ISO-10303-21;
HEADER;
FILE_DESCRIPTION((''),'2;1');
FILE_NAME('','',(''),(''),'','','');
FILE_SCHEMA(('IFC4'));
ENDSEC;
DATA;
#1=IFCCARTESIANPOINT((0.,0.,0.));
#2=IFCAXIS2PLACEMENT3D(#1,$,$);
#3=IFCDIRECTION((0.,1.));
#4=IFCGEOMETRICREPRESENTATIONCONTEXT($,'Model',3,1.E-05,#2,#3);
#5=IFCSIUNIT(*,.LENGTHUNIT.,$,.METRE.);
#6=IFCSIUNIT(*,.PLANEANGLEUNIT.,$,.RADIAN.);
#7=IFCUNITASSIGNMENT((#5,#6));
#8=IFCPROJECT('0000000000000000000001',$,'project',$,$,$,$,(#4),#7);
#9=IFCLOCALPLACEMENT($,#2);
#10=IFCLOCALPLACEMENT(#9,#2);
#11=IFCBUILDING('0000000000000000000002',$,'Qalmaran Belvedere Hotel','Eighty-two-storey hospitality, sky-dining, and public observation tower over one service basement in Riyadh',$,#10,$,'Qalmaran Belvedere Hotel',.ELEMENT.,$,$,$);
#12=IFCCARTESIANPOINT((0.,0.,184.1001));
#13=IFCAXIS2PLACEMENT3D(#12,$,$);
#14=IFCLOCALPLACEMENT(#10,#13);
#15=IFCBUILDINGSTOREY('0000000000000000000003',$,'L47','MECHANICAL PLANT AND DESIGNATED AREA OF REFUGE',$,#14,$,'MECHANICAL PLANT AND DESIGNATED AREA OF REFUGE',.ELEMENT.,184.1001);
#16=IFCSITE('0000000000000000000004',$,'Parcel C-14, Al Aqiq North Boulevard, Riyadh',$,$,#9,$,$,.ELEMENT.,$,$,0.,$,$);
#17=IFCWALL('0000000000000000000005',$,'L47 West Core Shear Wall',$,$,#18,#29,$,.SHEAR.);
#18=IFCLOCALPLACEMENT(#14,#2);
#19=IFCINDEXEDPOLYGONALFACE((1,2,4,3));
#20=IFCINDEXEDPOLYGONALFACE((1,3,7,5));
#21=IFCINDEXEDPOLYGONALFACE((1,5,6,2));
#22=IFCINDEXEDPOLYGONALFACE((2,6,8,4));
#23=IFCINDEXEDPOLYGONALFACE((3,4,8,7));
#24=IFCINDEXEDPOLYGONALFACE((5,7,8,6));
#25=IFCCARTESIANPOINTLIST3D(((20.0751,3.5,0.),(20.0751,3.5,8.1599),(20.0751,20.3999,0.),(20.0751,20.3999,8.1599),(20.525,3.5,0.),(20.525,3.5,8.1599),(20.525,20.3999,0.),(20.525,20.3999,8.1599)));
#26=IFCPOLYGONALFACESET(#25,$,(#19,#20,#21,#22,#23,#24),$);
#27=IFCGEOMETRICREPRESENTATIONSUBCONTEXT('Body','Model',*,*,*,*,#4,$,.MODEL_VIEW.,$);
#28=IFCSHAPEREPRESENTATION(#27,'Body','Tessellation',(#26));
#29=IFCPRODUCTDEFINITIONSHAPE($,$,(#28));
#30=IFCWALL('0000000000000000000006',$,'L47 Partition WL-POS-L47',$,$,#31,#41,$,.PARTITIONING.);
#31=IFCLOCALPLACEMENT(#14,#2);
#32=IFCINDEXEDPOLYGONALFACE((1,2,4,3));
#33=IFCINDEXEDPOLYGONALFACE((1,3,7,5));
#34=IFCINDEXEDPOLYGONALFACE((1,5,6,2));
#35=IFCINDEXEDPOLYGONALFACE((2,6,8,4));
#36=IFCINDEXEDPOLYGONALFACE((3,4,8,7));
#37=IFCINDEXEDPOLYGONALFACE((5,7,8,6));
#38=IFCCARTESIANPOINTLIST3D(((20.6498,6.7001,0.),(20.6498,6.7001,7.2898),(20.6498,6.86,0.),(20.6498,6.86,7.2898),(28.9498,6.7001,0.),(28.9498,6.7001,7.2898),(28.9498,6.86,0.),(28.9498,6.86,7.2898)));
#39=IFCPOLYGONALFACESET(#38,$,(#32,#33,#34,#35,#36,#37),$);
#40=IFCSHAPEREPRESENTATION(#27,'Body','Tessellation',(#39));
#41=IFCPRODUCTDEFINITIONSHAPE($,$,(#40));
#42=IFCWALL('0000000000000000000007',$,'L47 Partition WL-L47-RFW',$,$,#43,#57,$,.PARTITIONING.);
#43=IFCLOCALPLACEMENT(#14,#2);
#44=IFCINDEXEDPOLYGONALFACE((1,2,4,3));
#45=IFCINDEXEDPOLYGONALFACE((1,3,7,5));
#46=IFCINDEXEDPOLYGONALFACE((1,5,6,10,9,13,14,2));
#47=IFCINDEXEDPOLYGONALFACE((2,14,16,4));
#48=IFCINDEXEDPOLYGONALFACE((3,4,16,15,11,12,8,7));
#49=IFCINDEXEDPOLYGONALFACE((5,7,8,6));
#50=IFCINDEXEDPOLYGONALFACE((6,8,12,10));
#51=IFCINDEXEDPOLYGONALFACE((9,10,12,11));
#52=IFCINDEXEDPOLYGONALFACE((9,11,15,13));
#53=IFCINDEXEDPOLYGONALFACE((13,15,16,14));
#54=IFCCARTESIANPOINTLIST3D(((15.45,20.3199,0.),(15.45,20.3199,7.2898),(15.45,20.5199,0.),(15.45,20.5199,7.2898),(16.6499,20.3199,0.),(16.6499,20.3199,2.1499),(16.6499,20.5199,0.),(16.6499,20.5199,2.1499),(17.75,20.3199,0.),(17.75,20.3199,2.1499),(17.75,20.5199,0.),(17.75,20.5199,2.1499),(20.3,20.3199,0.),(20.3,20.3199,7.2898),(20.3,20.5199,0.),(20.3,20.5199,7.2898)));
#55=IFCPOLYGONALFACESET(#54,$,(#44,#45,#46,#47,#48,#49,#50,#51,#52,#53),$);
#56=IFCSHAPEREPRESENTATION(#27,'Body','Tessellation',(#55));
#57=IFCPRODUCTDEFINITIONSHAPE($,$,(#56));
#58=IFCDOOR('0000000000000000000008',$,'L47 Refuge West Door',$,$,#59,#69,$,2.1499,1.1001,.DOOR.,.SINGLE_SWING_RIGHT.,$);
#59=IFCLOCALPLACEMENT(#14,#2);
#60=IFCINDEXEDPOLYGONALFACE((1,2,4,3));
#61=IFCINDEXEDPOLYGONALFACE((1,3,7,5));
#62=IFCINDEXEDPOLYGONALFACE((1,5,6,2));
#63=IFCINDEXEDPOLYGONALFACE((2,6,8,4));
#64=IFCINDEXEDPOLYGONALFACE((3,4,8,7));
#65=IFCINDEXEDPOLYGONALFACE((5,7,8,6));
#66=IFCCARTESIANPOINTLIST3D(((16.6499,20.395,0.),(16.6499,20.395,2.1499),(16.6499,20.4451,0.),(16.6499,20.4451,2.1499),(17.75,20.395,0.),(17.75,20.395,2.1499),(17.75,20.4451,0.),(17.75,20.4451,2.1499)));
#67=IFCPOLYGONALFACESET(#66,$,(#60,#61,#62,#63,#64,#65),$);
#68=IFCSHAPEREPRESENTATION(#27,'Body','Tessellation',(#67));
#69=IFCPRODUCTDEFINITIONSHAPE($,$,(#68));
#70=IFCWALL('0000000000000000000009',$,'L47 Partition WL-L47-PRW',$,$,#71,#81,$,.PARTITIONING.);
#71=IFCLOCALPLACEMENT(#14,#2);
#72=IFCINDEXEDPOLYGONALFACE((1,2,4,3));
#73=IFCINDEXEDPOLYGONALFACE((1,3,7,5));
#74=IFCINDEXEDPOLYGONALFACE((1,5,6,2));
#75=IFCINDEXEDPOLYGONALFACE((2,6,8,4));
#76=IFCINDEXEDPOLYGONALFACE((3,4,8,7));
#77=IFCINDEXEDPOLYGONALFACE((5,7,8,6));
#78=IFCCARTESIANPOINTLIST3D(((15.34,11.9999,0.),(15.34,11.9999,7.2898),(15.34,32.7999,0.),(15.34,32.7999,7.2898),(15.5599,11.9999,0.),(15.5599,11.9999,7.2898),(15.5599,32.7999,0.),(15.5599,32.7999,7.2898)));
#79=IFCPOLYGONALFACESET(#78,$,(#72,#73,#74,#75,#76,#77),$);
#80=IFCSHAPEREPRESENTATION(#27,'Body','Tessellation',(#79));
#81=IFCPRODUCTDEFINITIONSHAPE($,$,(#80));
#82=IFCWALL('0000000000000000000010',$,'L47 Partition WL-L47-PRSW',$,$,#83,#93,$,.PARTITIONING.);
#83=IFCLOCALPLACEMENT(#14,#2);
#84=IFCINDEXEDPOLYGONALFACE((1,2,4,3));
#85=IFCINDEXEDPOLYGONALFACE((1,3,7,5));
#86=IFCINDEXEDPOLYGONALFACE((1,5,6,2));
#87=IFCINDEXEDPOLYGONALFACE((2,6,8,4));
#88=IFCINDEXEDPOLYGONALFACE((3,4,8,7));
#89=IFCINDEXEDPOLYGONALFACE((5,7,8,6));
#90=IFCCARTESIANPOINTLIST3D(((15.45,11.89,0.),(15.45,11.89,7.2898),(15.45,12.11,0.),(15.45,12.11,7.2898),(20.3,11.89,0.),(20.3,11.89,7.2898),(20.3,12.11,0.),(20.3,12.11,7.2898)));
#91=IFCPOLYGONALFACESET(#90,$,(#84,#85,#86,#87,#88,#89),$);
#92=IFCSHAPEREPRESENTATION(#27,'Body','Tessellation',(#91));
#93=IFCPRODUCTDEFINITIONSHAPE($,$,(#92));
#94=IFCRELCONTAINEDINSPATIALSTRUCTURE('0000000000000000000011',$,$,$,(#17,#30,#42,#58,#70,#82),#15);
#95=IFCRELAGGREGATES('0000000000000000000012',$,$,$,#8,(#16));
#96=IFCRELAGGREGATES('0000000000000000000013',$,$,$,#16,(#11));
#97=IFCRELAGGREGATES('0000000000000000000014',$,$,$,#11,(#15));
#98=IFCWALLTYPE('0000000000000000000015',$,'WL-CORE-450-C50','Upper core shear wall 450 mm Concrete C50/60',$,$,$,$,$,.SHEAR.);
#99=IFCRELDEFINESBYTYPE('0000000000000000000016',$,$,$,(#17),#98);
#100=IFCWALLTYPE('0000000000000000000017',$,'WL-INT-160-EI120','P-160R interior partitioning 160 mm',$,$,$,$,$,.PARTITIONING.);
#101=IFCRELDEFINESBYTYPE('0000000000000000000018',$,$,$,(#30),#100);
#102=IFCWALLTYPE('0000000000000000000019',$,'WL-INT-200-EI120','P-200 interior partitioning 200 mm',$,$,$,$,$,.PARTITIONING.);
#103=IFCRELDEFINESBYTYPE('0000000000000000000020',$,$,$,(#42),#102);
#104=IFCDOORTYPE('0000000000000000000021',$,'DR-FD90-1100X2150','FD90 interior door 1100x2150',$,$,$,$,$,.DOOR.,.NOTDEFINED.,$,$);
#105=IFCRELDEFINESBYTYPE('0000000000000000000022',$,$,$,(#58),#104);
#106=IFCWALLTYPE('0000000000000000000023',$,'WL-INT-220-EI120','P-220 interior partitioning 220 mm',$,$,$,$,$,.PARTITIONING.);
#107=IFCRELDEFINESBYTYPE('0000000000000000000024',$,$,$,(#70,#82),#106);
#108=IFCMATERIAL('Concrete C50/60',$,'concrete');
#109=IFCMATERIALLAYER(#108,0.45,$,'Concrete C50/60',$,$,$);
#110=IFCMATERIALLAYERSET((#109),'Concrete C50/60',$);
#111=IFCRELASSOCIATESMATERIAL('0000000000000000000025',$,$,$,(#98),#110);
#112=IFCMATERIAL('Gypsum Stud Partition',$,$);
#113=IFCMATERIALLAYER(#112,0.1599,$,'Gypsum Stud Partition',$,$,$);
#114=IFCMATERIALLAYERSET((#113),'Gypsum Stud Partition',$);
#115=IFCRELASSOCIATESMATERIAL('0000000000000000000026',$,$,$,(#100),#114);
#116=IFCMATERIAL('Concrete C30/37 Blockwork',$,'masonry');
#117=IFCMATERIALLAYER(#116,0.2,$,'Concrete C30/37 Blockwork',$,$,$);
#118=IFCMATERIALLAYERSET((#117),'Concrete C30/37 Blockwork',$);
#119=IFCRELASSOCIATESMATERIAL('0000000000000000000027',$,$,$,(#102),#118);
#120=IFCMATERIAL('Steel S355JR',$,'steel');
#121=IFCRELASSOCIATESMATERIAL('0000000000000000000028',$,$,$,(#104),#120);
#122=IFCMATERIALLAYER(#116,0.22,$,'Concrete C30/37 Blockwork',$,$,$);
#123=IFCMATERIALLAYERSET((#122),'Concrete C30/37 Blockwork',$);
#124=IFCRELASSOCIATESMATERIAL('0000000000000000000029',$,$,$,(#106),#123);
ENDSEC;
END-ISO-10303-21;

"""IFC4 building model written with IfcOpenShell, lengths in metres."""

from ifc_helpers import new_model, si_unit, direction, frame, frame_2d, origin, place, context, subcontext, project, spatial, rectangle, extrude, material, layer, layer_set, type_object, element, fill, save


model = new_model("IFC4")

# Units and contexts
model_context = context("Model", 3, precision=1e-05, world=origin(), true_north=direction((0.0, 1.0)))
body_context = subcontext(model_context, "Body", "Model", "MODEL_VIEW")
ifc_project = project(units=[si_unit("LENGTHUNIT", "METRE"), si_unit("PLANEANGLEUNIT", "RADIAN")], contexts=[model_context])

# Site, building, storey
site_placement = place(None, origin())
site = spatial("IfcSite", under=ifc_project, at=site_placement, Name="Parcel C-14, Al Aqiq North Boulevard, Riyadh", CompositionType="ELEMENT", RefElevation=0.0)
building_placement = place(site_placement, origin())
building = spatial("IfcBuilding", under=site, at=building_placement, Name="Qalmaran Belvedere Hotel", Description="Eighty-two-storey hospitality, sky-dining, and public observation tower over one service basement in Riyadh", LongName="Qalmaran Belvedere Hotel", CompositionType="ELEMENT")
storey_placement = place(building_placement, frame((0.0, 0.0, 184.1001)))
storey = spatial("IfcBuildingStorey", under=building, at=storey_placement, Name="L47", Description="MECHANICAL PLANT AND DESIGNATED AREA OF REFUGE", LongName="MECHANICAL PLANT AND DESIGNATED AREA OF REFUGE", CompositionType="ELEMENT", Elevation=184.1001)

# Shared definitions
ifc_material_1 = material(Name="Concrete C50/60", Category="concrete")

# Shared definitions
ifc_material_2 = material(Name="Steel S355JR", Category="steel")

# Walls
ifc_layer_1 = layer(ifc_material_1, 0.45, Name="Concrete C50/60")
ifc_layer_set_1 = layer_set([ifc_layer_1], Name="Concrete C50/60")
wall_type_1 = type_object("IfcWallType", Name="WL-CORE-450-C50", Description="Upper core shear wall 450 mm Concrete C50/60", PredefinedType="SHEAR", material=ifc_layer_set_1)
wall_1_placement = place(storey_placement, frame((20.3, 3.5, 0.0), z_axis=(0.0, 0.0, 1.0), x_axis=(0.0, 1.0, 0.0)))
element("IfcWall", 1, at=wall_1_placement, inside=storey, type_object=wall_type_1, Name="L47 West Core Shear Wall", PredefinedType="SHEAR", context=body_context, shape_type="SweptSolid", body=[
    extrude(rectangle(XDim=16.8999, YDim=0.45, at=frame_2d((8.45, 0.0))), origin(), (0.0, 0.0, 1.0), 8.1599),
])
ifc_material_3 = material(Name="Gypsum Stud Partition")
ifc_layer_2 = layer(ifc_material_3, 0.1599, Name="Gypsum Stud Partition")
ifc_layer_set_2 = layer_set([ifc_layer_2], Name="Gypsum Stud Partition")
wall_type_2 = type_object("IfcWallType", Name="WL-INT-160-EI120", Description="P-160R interior partitioning 160 mm", PredefinedType="PARTITIONING", material=ifc_layer_set_2)
wall_2_placement = place(storey_placement, frame((20.6499, 6.78, 0.0), z_axis=(0.0, 0.0, 1.0), x_axis=(1.0, 0.0, 0.0)))
element("IfcWall", 2, at=wall_2_placement, inside=storey, type_object=wall_type_2, Name="L47 Partition WL-POS-L47", PredefinedType="PARTITIONING", context=body_context, shape_type="SweptSolid", body=[
    extrude(rectangle(XDim=8.3, YDim=0.1599, at=frame_2d((4.1499, 0.0))), origin(), (0.0, 0.0, 1.0), 7.2898),
])

# Wall, opening, door
ifc_material_4 = material(Name="Concrete C30/37 Blockwork", Category="masonry")
ifc_layer_3 = layer(ifc_material_4, 0.2, Name="Concrete C30/37 Blockwork")
ifc_layer_set_3 = layer_set([ifc_layer_3], Name="Concrete C30/37 Blockwork")
wall_type_3 = type_object("IfcWallType", Name="WL-INT-200-EI120", Description="P-200 interior partitioning 200 mm", PredefinedType="PARTITIONING", material=ifc_layer_set_3)
wall_3_placement = place(storey_placement, frame((15.45, 20.4199, 0.0), z_axis=(0.0, 0.0, 1.0), x_axis=(1.0, 0.0, 0.0)))
wall_3 = element("IfcWall", 3, at=wall_3_placement, inside=storey, type_object=wall_type_3, Name="L47 Partition WL-L47-RFW", PredefinedType="PARTITIONING", context=body_context, shape_type="SweptSolid", body=[
    extrude(rectangle(XDim=4.8501, YDim=0.2, at=frame_2d((2.425, 0.0))), origin(), (0.0, 0.0, 1.0), 7.2898),
])
opening_placement = place(wall_3_placement, frame((2.3, 0.0, 0.0), z_axis=(0.0, 0.0, 1.0), x_axis=(-1.0, 0.0, 0.0)))
opening = element("IfcOpeningElement", 4, at=opening_placement, cuts=wall_3, PredefinedType="OPENING", context=body_context, shape_type="SweptSolid", body=[
    extrude(rectangle(XDim=1.1001, YDim=2.1499, at=frame_2d((0.55, 1.075))), frame((0.0, 0.1099, 0.0), z_axis=(0.0, -1.0, 0.0), x_axis=(1.0, 0.0, 0.0)), (0.0, 0.0, 1.0), 0.22),
])
door_type = type_object("IfcDoorType", Name="DR-FD90-1100X2150", Description="FD90 interior door 1100x2150", OperationType="NOTDEFINED", PredefinedType="DOOR", material=ifc_material_2)
door_placement = place(opening_placement, origin())
door = element("IfcDoor", 5, at=door_placement, inside=storey, type_object=door_type, Name="L47 Refuge West Door", OperationType="SINGLE_SWING_RIGHT", OverallHeight=2.1499, OverallWidth=1.1001, PredefinedType="DOOR", context=body_context, shape_type="SweptSolid", body=[
    extrude(rectangle(XDim=1.1001, YDim=2.1499, at=frame_2d((0.55, 1.075))), frame((0.0, 0.0249, 0.0), z_axis=(0.0, -1.0, 0.0), x_axis=(1.0, 0.0, 0.0)), (0.0, 0.0, 1.0), 0.05),
])
fill(opening, door)

# Walls
ifc_layer_4 = layer(ifc_material_4, 0.22, Name="Concrete C30/37 Blockwork")
ifc_layer_set_4 = layer_set([ifc_layer_4], Name="Concrete C30/37 Blockwork")
wall_type_4 = type_object("IfcWallType", Name="WL-INT-220-EI120", Description="P-220 interior partitioning 220 mm", PredefinedType="PARTITIONING", material=ifc_layer_set_4)
wall_4_placement = place(storey_placement, frame((15.45, 12.0, 0.0), z_axis=(0.0, 0.0, 1.0), x_axis=(0.0, 1.0, 0.0)))
element("IfcWall", 6, at=wall_4_placement, inside=storey, type_object=wall_type_4, Name="L47 Partition WL-L47-PRW", PredefinedType="PARTITIONING", context=body_context, shape_type="SweptSolid", body=[
    extrude(rectangle(XDim=20.8, YDim=0.22, at=frame_2d((10.3999, 0.0))), origin(), (0.0, 0.0, 1.0), 7.2898),
])
wall_5_placement = place(storey_placement, frame((15.45, 12.0, 0.0), z_axis=(0.0, 0.0, 1.0), x_axis=(1.0, 0.0, 0.0)))
element("IfcWall", 7, at=wall_5_placement, inside=storey, type_object=wall_type_4, Name="L47 Partition WL-L47-PRSW", PredefinedType="PARTITIONING", context=body_context, shape_type="SweptSolid", body=[
    extrude(rectangle(XDim=4.8501, YDim=0.22, at=frame_2d((2.425, 0.0))), origin(), (0.0, 0.0, 1.0), 7.2898),
])

save(model, "model.ifc")
